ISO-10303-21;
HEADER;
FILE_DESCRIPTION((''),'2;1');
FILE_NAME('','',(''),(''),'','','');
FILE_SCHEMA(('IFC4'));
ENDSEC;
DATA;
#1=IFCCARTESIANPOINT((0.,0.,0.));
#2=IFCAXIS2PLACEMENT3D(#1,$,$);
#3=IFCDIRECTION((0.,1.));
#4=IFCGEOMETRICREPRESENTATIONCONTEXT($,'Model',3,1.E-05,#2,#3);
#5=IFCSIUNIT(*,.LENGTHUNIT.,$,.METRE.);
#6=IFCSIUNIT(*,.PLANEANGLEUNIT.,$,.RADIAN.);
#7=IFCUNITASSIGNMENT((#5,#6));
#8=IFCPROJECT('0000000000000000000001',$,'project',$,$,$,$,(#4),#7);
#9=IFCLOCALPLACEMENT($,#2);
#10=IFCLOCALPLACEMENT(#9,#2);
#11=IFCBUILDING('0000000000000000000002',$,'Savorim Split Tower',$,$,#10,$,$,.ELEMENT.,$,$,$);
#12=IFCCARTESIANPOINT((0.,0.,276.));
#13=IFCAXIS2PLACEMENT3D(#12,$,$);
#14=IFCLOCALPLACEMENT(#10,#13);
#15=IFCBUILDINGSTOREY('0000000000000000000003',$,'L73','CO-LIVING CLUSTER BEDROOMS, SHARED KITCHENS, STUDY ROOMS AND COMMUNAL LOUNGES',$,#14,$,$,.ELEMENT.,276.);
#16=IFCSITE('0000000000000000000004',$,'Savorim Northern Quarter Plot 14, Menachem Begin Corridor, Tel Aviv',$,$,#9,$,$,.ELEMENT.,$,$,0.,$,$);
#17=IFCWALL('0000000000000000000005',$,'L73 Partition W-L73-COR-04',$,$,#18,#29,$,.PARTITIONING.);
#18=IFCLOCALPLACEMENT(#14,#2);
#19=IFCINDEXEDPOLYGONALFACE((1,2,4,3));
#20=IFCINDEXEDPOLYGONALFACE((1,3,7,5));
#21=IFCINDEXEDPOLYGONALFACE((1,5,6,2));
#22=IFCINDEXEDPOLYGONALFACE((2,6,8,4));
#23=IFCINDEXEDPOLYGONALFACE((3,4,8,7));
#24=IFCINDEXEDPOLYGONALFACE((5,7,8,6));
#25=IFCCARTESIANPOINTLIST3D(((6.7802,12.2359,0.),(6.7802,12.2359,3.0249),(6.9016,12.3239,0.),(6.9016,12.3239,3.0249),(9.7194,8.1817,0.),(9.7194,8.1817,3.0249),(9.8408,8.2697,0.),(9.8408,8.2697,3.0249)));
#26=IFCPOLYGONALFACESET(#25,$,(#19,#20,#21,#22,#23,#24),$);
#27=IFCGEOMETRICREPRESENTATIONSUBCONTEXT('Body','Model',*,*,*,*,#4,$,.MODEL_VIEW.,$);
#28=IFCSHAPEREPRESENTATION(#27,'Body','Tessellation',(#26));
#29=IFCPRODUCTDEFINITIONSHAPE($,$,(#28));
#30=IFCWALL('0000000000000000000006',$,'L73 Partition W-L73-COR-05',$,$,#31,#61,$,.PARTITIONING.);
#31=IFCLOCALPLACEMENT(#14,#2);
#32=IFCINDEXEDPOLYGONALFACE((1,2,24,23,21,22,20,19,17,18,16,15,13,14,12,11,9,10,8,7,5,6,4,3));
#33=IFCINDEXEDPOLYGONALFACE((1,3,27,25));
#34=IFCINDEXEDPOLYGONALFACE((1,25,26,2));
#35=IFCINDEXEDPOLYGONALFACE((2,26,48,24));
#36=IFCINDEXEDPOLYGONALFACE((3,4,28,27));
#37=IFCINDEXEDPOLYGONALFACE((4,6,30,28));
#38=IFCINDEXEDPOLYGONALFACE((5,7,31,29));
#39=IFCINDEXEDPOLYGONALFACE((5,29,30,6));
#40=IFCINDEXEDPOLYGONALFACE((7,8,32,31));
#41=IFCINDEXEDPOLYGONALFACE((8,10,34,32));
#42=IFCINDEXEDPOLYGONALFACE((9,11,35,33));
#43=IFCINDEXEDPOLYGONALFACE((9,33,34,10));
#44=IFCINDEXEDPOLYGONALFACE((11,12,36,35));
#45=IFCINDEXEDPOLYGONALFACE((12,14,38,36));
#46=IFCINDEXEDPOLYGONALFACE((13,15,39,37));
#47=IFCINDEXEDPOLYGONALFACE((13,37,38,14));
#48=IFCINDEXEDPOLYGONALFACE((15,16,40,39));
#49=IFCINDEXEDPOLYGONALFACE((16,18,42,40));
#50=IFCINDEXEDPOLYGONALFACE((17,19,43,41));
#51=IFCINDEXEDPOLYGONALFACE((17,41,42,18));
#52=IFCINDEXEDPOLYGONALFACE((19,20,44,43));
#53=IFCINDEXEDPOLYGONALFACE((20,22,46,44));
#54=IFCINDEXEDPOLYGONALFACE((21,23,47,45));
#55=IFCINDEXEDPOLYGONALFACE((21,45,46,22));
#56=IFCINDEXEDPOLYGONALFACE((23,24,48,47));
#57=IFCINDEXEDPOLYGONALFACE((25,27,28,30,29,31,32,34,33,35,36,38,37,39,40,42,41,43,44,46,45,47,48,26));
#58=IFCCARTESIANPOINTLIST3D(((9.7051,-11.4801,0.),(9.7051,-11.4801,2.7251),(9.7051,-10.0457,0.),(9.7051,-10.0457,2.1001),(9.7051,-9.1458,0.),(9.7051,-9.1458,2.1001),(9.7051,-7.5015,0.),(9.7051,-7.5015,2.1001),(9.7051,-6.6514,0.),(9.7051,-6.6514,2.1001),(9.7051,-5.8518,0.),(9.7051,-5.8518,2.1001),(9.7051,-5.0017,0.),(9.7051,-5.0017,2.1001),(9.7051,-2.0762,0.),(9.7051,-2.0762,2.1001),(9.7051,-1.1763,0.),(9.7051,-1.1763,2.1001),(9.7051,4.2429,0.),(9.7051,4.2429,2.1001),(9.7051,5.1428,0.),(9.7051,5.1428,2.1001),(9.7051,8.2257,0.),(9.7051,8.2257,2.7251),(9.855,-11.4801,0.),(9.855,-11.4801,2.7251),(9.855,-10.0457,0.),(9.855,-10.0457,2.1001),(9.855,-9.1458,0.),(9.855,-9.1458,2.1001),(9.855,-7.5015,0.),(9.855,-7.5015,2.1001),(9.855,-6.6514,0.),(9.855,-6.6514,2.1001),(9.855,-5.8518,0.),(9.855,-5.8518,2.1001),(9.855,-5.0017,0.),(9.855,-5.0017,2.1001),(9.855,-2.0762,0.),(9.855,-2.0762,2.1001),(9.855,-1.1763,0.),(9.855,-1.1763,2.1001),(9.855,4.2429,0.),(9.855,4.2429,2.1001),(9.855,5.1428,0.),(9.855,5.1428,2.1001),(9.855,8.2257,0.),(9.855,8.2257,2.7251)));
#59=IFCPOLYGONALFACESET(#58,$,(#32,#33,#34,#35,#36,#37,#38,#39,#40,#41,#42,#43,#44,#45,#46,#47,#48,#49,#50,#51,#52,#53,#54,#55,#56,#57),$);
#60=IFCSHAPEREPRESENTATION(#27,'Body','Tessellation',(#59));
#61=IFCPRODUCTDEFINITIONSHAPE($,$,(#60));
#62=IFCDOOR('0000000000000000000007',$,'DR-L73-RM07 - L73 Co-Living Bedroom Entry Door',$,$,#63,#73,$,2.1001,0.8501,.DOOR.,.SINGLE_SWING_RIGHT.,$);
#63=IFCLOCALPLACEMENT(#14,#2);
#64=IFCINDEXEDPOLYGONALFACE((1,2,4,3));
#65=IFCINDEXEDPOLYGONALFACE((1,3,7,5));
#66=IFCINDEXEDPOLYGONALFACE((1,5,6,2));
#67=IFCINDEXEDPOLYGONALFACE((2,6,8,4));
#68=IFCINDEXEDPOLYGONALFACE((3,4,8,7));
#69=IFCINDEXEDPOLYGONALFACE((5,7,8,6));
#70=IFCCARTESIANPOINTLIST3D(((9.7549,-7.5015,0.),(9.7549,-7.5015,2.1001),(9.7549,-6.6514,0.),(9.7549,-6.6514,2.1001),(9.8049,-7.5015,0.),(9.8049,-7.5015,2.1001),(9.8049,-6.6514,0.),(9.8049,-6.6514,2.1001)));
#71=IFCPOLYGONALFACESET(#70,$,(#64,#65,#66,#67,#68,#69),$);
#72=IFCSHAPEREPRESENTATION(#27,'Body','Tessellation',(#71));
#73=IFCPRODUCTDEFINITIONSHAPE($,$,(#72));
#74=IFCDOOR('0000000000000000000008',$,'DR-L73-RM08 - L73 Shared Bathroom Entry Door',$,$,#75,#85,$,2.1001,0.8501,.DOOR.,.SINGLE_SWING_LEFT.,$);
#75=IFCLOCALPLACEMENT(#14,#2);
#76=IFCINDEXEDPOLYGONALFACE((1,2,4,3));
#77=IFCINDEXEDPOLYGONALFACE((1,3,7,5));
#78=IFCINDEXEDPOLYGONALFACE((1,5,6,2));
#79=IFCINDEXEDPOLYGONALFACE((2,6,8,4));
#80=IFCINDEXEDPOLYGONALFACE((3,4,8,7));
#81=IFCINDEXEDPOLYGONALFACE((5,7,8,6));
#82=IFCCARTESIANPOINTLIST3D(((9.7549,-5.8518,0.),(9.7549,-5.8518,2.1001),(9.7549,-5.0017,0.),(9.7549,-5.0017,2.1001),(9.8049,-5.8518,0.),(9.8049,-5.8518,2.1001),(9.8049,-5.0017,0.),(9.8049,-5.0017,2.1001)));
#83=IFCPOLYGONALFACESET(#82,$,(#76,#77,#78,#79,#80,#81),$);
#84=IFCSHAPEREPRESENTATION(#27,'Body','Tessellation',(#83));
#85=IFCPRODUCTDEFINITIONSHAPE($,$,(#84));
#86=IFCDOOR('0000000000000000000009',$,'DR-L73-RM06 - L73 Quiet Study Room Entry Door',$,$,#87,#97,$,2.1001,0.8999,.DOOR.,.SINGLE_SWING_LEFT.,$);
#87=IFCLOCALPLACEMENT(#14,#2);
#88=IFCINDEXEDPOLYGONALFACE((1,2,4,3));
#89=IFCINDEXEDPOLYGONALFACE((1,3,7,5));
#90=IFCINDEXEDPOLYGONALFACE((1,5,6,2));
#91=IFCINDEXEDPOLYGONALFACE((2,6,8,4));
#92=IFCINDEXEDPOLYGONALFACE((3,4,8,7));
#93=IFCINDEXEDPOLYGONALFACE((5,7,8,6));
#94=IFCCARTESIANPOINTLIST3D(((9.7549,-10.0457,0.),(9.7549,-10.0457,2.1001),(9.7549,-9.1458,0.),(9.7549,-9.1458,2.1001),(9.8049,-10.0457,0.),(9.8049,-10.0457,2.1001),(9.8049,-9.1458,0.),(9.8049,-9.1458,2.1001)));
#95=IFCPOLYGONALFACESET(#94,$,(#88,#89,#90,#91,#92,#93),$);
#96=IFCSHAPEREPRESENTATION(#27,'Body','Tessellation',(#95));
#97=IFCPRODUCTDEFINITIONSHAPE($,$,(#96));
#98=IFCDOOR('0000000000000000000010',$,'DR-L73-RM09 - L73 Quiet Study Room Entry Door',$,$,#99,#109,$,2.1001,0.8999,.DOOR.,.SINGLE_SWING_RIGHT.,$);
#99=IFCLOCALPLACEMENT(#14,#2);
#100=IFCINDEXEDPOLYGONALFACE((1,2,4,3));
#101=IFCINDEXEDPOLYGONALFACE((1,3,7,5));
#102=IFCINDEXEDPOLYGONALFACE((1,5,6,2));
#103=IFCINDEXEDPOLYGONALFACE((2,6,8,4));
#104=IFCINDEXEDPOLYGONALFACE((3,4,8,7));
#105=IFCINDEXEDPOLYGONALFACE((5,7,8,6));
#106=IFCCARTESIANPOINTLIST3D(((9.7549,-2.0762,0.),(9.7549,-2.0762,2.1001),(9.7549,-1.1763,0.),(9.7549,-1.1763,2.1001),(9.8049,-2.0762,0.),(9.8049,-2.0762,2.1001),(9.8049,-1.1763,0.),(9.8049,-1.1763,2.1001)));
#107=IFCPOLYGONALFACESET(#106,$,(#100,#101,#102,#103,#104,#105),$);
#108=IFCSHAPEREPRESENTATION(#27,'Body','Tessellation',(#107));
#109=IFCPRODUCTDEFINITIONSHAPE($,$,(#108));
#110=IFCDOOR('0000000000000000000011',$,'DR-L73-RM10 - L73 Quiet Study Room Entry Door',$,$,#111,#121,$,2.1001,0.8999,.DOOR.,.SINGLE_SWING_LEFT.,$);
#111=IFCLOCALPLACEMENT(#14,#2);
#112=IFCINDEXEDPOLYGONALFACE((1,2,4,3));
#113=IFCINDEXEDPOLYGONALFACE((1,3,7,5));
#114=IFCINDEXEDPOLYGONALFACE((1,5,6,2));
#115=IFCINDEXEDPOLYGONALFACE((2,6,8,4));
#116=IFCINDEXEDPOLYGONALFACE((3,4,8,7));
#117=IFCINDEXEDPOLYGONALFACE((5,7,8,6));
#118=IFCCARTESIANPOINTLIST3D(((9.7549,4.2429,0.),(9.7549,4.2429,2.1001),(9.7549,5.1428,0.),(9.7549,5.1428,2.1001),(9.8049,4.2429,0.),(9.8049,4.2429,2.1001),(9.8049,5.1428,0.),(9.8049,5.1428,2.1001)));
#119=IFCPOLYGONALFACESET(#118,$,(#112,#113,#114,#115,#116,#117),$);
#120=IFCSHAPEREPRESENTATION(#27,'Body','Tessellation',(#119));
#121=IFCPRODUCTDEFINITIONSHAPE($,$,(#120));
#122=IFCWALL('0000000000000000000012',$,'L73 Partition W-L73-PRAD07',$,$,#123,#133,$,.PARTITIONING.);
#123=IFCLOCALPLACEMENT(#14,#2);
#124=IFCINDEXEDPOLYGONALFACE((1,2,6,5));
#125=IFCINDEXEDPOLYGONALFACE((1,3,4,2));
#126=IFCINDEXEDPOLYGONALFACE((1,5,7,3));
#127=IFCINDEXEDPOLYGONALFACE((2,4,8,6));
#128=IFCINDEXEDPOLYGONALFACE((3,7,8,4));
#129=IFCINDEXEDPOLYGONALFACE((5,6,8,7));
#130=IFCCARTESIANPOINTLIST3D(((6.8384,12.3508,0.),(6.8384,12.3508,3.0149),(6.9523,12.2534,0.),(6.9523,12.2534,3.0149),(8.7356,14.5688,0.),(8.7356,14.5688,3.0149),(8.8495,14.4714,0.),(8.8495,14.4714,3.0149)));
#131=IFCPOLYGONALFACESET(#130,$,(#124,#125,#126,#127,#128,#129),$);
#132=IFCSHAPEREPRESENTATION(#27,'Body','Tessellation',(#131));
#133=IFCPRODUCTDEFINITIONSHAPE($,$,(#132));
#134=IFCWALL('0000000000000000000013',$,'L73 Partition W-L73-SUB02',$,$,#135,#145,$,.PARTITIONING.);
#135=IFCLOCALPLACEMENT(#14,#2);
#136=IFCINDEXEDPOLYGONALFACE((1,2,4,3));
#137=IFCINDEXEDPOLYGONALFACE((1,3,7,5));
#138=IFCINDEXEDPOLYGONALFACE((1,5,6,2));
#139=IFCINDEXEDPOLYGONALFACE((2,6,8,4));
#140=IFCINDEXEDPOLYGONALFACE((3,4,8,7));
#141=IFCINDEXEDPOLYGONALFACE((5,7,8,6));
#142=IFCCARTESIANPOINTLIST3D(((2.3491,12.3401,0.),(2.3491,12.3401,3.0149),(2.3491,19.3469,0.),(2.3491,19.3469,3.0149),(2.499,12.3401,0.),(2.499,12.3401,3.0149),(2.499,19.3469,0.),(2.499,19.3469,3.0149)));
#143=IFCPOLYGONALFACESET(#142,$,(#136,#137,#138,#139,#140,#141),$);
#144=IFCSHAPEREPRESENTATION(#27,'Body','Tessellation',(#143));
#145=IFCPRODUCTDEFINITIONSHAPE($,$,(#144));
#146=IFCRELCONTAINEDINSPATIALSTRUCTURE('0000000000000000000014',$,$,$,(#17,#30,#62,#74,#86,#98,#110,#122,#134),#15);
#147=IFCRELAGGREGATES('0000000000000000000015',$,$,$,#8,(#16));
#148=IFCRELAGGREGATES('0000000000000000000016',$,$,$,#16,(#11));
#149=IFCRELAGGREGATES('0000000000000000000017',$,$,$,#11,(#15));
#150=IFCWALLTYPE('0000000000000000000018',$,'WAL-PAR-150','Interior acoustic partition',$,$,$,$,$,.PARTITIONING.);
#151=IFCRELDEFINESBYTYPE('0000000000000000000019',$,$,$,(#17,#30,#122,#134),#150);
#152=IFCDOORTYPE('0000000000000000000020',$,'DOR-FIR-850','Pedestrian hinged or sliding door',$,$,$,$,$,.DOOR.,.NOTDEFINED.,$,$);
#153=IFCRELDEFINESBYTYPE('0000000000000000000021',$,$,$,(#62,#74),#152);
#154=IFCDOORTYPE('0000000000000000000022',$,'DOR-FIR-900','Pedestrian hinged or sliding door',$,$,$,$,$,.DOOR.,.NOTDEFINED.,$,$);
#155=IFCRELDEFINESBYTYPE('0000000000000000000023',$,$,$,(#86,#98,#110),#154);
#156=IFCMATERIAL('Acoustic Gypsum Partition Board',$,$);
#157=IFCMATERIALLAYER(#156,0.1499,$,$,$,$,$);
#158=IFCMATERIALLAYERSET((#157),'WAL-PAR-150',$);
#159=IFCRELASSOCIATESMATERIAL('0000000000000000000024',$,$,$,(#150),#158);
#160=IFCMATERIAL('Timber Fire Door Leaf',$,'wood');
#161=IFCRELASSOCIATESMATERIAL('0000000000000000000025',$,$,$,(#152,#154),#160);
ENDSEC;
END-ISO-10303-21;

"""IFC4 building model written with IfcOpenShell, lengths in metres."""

from ifc_helpers import new_model, si_unit, direction, frame, frame_2d, origin, place, context, subcontext, project, spatial, rectangle, extrude, material, layer, layer_set, type_object, element, fill, save


model = new_model("IFC4")

# Units and contexts
model_context = context("Model", 3, precision=1e-05, world=origin(), true_north=direction((0.0, 1.0)))
body_context = subcontext(model_context, "Body", "Model", "MODEL_VIEW")
ifc_project = project(units=[si_unit("LENGTHUNIT", "METRE"), si_unit("PLANEANGLEUNIT", "RADIAN")], contexts=[model_context])

# Site, building, storey
site_placement = place(None, origin())
site = spatial("IfcSite", under=ifc_project, at=site_placement, Name="Savorim Northern Quarter Plot 14, Menachem Begin Corridor, Tel Aviv", CompositionType="ELEMENT", RefElevation=0.0)
building_placement = place(site_placement, origin())
building = spatial("IfcBuilding", under=site, at=building_placement, Name="Savorim Split Tower", CompositionType="ELEMENT")
storey_placement = place(building_placement, frame((0.0, 0.0, 276.0)))
storey = spatial("IfcBuildingStorey", under=building, at=storey_placement, Name="L73", Description="CO-LIVING CLUSTER BEDROOMS, SHARED KITCHENS, STUDY ROOMS AND COMMUNAL LOUNGES", CompositionType="ELEMENT", Elevation=276.0)

# Shared definitions
ifc_material_1 = material(Name="Timber Fire Door Leaf", Category="wood")

# Wall
ifc_material_2 = material(Name="Acoustic Gypsum Partition Board")
ifc_layer_1 = layer(ifc_material_2, 0.1499)
ifc_layer_set_1 = layer_set([ifc_layer_1], Name="WAL-PAR-150")
wall_type_1 = type_object("IfcWallType", Name="WAL-PAR-150", Description="Interior acoustic partition", PredefinedType="PARTITIONING", material=ifc_layer_set_1)
wall_1_placement = place(storey_placement, frame((6.8408, 12.28, 0.0), z_axis=(0.0, 0.0, 1.0), x_axis=(0.586956, -0.809619, 0.0)))
element("IfcWall", 1, at=wall_1_placement, inside=storey, type_object=wall_type_1, Name="L73 Partition W-L73-COR-04", PredefinedType="PARTITIONING", context=body_context, shape_type="SweptSolid", body=[
    extrude(rectangle(XDim=5.0076, YDim=0.1499, at=frame_2d((2.5039, 0.0))), origin(), (0.0, 0.0, 1.0), 3.0249),
])

# Wall, openings, doors
wall_2_placement = place(storey_placement, frame((9.78, 8.2258, 0.0), z_axis=(0.0, 0.0, 1.0), x_axis=(0.0, -1.0, 0.0)))
wall_2 = element("IfcWall", 2, at=wall_2_placement, inside=storey, type_object=wall_type_1, Name="L73 Partition W-L73-COR-05", PredefinedType="PARTITIONING", context=body_context, shape_type="SweptSolid", body=[
    extrude(rectangle(XDim=19.7058, YDim=0.1499, at=frame_2d((9.853, 0.0))), origin(), (0.0, 0.0, 1.0), 2.7251),
])
opening_1_placement = place(wall_2_placement, frame((17.3716, 0.0, 0.0)))
opening_1 = element("IfcOpeningElement", 3, at=opening_1_placement, cuts=wall_2, PredefinedType="OPENING", context=body_context, shape_type="SweptSolid", body=[
    extrude(rectangle(XDim=0.8999, YDim=2.1001, at=frame_2d((0.45, 1.05))), frame((0.0, 0.085, 0.0), z_axis=(0.0, -1.0, 0.0), x_axis=(1.0, 0.0, 0.0)), (0.0, 0.0, 1.0), 0.1699),
])
opening_2_placement = place(wall_2_placement, frame((14.8772, 0.0, 0.0)))
opening_2 = element("IfcOpeningElement", 4, at=opening_2_placement, cuts=wall_2, PredefinedType="OPENING", context=body_context, shape_type="SweptSolid", body=[
    extrude(rectangle(XDim=0.8501, YDim=2.1001, at=frame_2d((0.425, 1.05))), frame((0.0, 0.085, 0.0), z_axis=(0.0, -1.0, 0.0), x_axis=(1.0, 0.0, 0.0)), (0.0, 0.0, 1.0), 0.1699),
])
opening_3_placement = place(wall_2_placement, frame((13.2275, 0.0, 0.0)))
opening_3 = element("IfcOpeningElement", 5, at=opening_3_placement, cuts=wall_2, PredefinedType="OPENING", context=body_context, shape_type="SweptSolid", body=[
    extrude(rectangle(XDim=0.8501, YDim=2.1001, at=frame_2d((0.425, 1.05))), frame((0.0, 0.085, 0.0), z_axis=(0.0, -1.0, 0.0), x_axis=(1.0, 0.0, 0.0)), (0.0, 0.0, 1.0), 0.1699),
])
opening_4_placement = place(wall_2_placement, frame((9.4021, 0.0, 0.0)))
opening_4 = element("IfcOpeningElement", 6, at=opening_4_placement, cuts=wall_2, PredefinedType="OPENING", context=body_context, shape_type="SweptSolid", body=[
    extrude(rectangle(XDim=0.8999, YDim=2.1001, at=frame_2d((0.45, 1.05))), frame((0.0, 0.085, 0.0), z_axis=(0.0, -1.0, 0.0), x_axis=(1.0, 0.0, 0.0)), (0.0, 0.0, 1.0), 0.1699),
])
opening_5_placement = place(wall_2_placement, frame((3.083, 0.0, 0.0)))
opening_5 = element("IfcOpeningElement", 7, at=opening_5_placement, cuts=wall_2, PredefinedType="OPENING", context=body_context, shape_type="SweptSolid", body=[
    extrude(rectangle(XDim=0.8999, YDim=2.1001, at=frame_2d((0.45, 1.05))), frame((0.0, 0.085, 0.0), z_axis=(0.0, -1.0, 0.0), x_axis=(1.0, 0.0, 0.0)), (0.0, 0.0, 1.0), 0.1699),
])
door_type_1 = type_object("IfcDoorType", Name="DOR-FIR-850", Description="Pedestrian hinged or sliding door", OperationType="NOTDEFINED", PredefinedType="DOOR", material=ifc_material_1)
door_1_placement = place(opening_2_placement, origin())
door_1 = element("IfcDoor", 8, at=door_1_placement, inside=storey, type_object=door_type_1, Name="DR-L73-RM07 - L73 Co-Living Bedroom Entry Door", OperationType="SINGLE_SWING_RIGHT", OverallHeight=2.1001, OverallWidth=0.8501, PredefinedType="DOOR", context=body_context, shape_type="SweptSolid", body=[
    extrude(rectangle(XDim=0.8501, YDim=2.1001, at=frame_2d((0.425, 1.05))), frame((0.0, 0.0249, 0.0), z_axis=(0.0, -1.0, 0.0), x_axis=(1.0, 0.0, 0.0)), (0.0, 0.0, 1.0), 0.05),
])
fill(opening_2, door_1)
door_2_placement = place(opening_3_placement, origin())
door_2 = element("IfcDoor", 9, at=door_2_placement, inside=storey, type_object=door_type_1, Name="DR-L73-RM08 - L73 Shared Bathroom Entry Door", OperationType="SINGLE_SWING_LEFT", OverallHeight=2.1001, OverallWidth=0.8501, PredefinedType="DOOR", context=body_context, shape_type="SweptSolid", body=[
    extrude(rectangle(XDim=0.8501, YDim=2.1001, at=frame_2d((0.425, 1.05))), frame((0.0, 0.0249, 0.0), z_axis=(0.0, -1.0, 0.0), x_axis=(1.0, 0.0, 0.0)), (0.0, 0.0, 1.0), 0.05),
])
fill(opening_3, door_2)
door_type_2 = type_object("IfcDoorType", Name="DOR-FIR-900", Description="Pedestrian hinged or sliding door", OperationType="NOTDEFINED", PredefinedType="DOOR", material=ifc_material_1)
door_3_placement = place(opening_1_placement, origin())
door_3 = element("IfcDoor", 10, at=door_3_placement, inside=storey, type_object=door_type_2, Name="DR-L73-RM06 - L73 Quiet Study Room Entry Door", OperationType="SINGLE_SWING_LEFT", OverallHeight=2.1001, OverallWidth=0.8999, PredefinedType="DOOR", context=body_context, shape_type="SweptSolid", body=[
    extrude(rectangle(XDim=0.8999, YDim=2.1001, at=frame_2d((0.45, 1.05))), frame((0.0, 0.0249, 0.0), z_axis=(0.0, -1.0, 0.0), x_axis=(1.0, 0.0, 0.0)), (0.0, 0.0, 1.0), 0.05),
])
fill(opening_1, door_3)
door_4_placement = place(opening_4_placement, origin())
door_4 = element("IfcDoor", 11, at=door_4_placement, inside=storey, type_object=door_type_2, Name="DR-L73-RM09 - L73 Quiet Study Room Entry Door", OperationType="SINGLE_SWING_RIGHT", OverallHeight=2.1001, OverallWidth=0.8999, PredefinedType="DOOR", context=body_context, shape_type="SweptSolid", body=[
    extrude(rectangle(XDim=0.8999, YDim=2.1001, at=frame_2d((0.45, 1.05))), frame((0.0, 0.0249, 0.0), z_axis=(0.0, -1.0, 0.0), x_axis=(1.0, 0.0, 0.0)), (0.0, 0.0, 1.0), 0.05),
])
fill(opening_4, door_4)
door_5_placement = place(opening_5_placement, origin())
door_5 = element("IfcDoor", 12, at=door_5_placement, inside=storey, type_object=door_type_2, Name="DR-L73-RM10 - L73 Quiet Study Room Entry Door", OperationType="SINGLE_SWING_LEFT", OverallHeight=2.1001, OverallWidth=0.8999, PredefinedType="DOOR", context=body_context, shape_type="SweptSolid", body=[
    extrude(rectangle(XDim=0.8999, YDim=2.1001, at=frame_2d((0.45, 1.05))), frame((0.0, 0.0249, 0.0), z_axis=(0.0, -1.0, 0.0), x_axis=(1.0, 0.0, 0.0)), (0.0, 0.0, 1.0), 0.05),
])
fill(opening_5, door_5)

# Walls
wall_3_placement = place(storey_placement, frame((6.8953, 12.302, 0.0), z_axis=(0.0, 0.0, 1.0), x_axis=(0.650013, 0.759923, 0.0)))
element("IfcWall", 13, at=wall_3_placement, inside=storey, type_object=wall_type_1, Name="L73 Partition W-L73-PRAD07", PredefinedType="PARTITIONING", context=body_context, shape_type="SweptSolid", body=[
    extrude(rectangle(XDim=2.9187, YDim=0.1499, at=frame_2d((1.4595, 0.0))), origin(), (0.0, 0.0, 1.0), 3.0149),
])
wall_4_placement = place(storey_placement, frame((2.4241, 12.3401, 0.0), z_axis=(0.0, 0.0, 1.0), x_axis=(0.0, 1.0, 0.0)))
element("IfcWall", 14, at=wall_4_placement, inside=storey, type_object=wall_type_1, Name="L73 Partition W-L73-SUB02", PredefinedType="PARTITIONING", context=body_context, shape_type="SweptSolid", body=[
    extrude(rectangle(XDim=7.0068, YDim=0.1499, at=frame_2d((3.5034, 0.0))), origin(), (0.0, 0.0, 1.0), 3.0149),
])

save(model, "model.ifc")
